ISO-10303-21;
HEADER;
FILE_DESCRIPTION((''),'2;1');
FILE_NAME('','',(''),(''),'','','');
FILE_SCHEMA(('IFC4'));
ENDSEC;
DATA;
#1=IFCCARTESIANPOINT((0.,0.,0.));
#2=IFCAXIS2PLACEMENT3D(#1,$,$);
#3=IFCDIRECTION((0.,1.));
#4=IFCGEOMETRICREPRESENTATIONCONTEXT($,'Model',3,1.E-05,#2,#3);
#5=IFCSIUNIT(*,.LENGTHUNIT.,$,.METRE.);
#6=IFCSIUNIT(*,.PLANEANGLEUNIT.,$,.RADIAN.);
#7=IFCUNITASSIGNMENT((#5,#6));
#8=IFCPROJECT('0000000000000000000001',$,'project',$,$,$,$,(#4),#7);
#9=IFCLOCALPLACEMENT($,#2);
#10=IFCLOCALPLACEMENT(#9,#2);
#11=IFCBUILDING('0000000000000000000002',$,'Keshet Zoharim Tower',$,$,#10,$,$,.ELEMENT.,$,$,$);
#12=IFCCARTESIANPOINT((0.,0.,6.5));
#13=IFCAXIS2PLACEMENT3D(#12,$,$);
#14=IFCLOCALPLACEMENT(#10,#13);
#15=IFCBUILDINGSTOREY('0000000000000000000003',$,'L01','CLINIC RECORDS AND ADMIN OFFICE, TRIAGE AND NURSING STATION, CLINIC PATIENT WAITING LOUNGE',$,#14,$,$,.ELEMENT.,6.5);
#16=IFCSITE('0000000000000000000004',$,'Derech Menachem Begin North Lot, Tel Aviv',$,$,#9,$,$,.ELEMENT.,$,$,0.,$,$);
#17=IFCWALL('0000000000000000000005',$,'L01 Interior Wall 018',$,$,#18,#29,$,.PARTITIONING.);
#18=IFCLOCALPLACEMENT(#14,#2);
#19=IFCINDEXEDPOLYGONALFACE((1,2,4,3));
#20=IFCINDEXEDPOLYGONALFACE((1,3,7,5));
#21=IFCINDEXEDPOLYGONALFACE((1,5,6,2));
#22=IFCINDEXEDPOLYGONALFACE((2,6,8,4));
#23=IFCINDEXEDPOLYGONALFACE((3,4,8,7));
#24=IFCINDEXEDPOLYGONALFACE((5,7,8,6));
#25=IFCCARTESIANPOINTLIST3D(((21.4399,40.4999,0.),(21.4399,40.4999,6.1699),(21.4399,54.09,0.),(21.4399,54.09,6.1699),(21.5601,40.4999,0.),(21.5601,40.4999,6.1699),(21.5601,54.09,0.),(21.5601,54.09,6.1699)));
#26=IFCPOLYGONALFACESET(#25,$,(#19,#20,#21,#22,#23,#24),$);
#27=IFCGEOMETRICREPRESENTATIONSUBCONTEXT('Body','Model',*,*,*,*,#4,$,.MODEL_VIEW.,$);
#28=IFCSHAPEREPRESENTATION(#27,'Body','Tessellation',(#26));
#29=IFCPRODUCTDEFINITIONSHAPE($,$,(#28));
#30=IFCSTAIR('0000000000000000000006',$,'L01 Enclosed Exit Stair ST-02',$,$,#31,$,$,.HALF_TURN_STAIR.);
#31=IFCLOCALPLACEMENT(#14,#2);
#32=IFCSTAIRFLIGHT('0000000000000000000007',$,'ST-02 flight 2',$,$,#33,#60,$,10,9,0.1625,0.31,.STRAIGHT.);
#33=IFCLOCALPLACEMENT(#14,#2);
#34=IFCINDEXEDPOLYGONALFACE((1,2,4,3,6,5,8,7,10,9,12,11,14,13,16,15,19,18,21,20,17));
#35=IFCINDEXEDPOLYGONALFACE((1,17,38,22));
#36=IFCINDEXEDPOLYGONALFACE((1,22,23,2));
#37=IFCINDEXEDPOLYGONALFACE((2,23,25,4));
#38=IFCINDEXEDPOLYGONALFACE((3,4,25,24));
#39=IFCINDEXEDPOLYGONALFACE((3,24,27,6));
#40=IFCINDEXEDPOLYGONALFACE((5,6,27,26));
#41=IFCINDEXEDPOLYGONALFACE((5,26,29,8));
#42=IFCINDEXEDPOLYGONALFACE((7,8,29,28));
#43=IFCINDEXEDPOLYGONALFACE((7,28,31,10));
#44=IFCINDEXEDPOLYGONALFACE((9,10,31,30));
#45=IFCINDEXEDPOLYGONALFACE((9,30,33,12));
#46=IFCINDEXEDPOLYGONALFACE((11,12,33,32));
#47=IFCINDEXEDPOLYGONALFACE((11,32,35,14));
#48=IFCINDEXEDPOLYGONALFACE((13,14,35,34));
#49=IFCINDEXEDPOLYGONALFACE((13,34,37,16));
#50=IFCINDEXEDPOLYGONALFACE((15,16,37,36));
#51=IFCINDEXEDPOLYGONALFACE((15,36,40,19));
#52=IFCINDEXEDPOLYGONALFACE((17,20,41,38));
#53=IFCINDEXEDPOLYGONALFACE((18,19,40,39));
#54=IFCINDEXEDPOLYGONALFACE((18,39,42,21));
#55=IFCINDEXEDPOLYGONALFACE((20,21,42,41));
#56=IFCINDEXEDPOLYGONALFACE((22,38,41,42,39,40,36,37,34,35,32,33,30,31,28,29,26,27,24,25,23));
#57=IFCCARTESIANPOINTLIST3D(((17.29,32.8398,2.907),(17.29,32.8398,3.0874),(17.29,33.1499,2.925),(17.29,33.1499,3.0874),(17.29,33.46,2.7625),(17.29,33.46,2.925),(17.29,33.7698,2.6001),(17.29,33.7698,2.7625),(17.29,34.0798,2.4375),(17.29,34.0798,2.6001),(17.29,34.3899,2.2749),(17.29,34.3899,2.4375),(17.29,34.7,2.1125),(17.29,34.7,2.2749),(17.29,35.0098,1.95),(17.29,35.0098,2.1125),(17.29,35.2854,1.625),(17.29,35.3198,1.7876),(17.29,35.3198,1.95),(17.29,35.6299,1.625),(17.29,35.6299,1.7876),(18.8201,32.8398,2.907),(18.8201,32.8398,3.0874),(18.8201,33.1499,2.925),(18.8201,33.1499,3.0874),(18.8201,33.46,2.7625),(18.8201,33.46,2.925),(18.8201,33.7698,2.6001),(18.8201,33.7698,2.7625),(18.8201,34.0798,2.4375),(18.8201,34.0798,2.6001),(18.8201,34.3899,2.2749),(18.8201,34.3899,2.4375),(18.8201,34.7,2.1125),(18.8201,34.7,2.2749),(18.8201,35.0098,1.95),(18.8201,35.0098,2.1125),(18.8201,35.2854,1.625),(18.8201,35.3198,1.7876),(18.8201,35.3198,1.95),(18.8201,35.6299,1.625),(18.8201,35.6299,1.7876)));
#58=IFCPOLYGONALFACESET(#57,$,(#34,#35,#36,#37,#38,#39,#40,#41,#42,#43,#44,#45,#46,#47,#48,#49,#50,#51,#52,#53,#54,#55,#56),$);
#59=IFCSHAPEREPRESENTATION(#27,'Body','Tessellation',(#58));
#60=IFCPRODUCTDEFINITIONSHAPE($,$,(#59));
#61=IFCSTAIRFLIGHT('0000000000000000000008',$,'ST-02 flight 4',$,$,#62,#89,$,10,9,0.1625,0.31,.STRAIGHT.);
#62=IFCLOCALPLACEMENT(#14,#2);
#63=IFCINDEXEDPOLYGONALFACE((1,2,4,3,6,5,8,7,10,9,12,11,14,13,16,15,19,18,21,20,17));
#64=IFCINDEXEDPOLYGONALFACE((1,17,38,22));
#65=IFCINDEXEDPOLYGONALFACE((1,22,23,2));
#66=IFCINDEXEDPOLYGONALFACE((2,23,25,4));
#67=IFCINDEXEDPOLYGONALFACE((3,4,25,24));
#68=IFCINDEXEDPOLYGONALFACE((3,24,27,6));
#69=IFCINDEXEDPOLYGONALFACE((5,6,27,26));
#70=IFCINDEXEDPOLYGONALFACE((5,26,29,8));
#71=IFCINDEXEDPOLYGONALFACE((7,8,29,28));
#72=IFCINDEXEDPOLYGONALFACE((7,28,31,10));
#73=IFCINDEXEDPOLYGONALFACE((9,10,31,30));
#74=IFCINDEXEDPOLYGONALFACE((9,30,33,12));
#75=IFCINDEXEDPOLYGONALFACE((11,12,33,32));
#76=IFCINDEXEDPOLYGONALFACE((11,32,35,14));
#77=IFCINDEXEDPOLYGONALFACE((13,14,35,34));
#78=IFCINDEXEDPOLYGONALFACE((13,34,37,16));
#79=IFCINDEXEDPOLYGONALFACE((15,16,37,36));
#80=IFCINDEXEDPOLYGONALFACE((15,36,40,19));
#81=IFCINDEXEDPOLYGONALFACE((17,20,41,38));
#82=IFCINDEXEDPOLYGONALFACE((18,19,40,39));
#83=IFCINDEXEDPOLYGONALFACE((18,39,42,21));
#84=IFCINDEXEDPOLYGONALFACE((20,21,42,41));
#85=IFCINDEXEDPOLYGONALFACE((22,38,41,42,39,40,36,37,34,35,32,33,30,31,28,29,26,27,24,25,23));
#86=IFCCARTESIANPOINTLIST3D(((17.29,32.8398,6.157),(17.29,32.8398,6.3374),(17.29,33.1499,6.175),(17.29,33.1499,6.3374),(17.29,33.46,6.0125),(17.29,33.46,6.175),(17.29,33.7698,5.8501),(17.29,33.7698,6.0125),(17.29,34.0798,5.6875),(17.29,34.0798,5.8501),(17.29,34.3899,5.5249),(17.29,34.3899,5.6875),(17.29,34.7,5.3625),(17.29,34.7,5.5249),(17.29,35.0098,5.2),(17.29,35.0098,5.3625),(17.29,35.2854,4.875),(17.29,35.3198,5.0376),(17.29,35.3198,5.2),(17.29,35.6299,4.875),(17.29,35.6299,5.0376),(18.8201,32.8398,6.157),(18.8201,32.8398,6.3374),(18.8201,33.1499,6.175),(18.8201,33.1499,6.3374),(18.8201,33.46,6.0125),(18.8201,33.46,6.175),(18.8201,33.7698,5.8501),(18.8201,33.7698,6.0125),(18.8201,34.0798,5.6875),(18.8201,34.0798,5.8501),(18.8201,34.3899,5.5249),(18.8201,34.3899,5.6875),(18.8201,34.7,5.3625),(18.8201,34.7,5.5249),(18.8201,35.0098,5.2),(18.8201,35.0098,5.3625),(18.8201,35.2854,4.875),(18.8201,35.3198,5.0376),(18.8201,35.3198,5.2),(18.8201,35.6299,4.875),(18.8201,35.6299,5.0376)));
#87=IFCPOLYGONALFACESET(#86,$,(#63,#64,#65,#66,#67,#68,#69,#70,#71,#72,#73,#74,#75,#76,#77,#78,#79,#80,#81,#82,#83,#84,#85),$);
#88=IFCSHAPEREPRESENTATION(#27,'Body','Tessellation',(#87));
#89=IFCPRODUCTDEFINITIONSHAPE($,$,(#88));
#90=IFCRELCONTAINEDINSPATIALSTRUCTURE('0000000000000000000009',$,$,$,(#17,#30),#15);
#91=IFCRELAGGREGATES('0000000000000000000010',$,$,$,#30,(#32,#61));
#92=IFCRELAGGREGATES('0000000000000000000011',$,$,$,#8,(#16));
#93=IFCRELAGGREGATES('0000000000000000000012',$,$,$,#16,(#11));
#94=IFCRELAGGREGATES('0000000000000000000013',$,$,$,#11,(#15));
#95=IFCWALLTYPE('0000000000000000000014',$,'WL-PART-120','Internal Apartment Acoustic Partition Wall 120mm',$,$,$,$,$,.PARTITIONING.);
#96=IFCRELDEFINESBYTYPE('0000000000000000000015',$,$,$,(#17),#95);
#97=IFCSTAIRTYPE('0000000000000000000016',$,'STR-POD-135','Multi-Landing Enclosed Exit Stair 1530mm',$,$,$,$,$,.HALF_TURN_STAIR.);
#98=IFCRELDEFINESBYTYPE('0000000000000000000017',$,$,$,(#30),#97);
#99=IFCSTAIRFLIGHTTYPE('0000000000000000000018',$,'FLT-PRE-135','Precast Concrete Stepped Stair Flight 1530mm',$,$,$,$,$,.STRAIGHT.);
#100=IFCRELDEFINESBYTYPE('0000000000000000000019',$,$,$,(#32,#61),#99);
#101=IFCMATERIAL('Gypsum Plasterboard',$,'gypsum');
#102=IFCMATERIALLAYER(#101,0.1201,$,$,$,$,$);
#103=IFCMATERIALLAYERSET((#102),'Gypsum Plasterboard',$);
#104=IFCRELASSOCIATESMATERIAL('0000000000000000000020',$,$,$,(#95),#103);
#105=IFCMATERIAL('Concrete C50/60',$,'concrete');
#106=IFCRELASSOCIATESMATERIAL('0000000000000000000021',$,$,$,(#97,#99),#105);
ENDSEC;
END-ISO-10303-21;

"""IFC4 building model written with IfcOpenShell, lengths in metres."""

from ifc_helpers import new_model, si_unit, direction, frame, frame_2d, origin, place, context, subcontext, project, spatial, polyline, rectangle, outline, extrude, material, layer, layer_set, type_object, element, aggregate, save


model = new_model("IFC4")

# Units and contexts
model_context = context("Model", 3, precision=1e-05, world=origin(), true_north=direction((0.0, 1.0)))
body_context = subcontext(model_context, "Body", "Model", "MODEL_VIEW")
ifc_project = project(units=[si_unit("LENGTHUNIT", "METRE"), si_unit("PLANEANGLEUNIT", "RADIAN")], contexts=[model_context])

# Site, building, storey
site_placement = place(None, origin())
site = spatial("IfcSite", under=ifc_project, at=site_placement, Name="Derech Menachem Begin North Lot, Tel Aviv", CompositionType="ELEMENT", RefElevation=0.0)
building_placement = place(site_placement, origin())
building = spatial("IfcBuilding", under=site, at=building_placement, Name="Keshet Zoharim Tower", CompositionType="ELEMENT")
storey_placement = place(building_placement, frame((0.0, 0.0, 6.5)))
storey = spatial("IfcBuildingStorey", under=building, at=storey_placement, Name="L01", Description="CLINIC RECORDS AND ADMIN OFFICE, TRIAGE AND NURSING STATION, CLINIC PATIENT WAITING LOUNGE", CompositionType="ELEMENT", Elevation=6.5)

# Shared definitions
ifc_material_1 = material(Name="Concrete C50/60", Category="concrete")

# Wall
ifc_material_2 = material(Name="Gypsum Plasterboard", Category="gypsum")
ifc_layer_1 = layer(ifc_material_2, 0.1201)
ifc_layer_set_1 = layer_set([ifc_layer_1], Name="Gypsum Plasterboard")
wall_type_1 = type_object("IfcWallType", Name="WL-PART-120", Description="Internal Apartment Acoustic Partition Wall 120mm", PredefinedType="PARTITIONING", material=ifc_layer_set_1)
wall_1_placement = place(storey_placement, frame((21.5, 40.5, 0.0), z_axis=(0.0, 0.0, 1.0), x_axis=(0.0, 1.0, 0.0)))
element("IfcWall", 1, at=wall_1_placement, inside=storey, type_object=wall_type_1, Name="L01 Interior Wall 018", PredefinedType="PARTITIONING", context=body_context, shape_type="SweptSolid", body=[
    extrude(rectangle(XDim=13.5901, YDim=0.1201, at=frame_2d((6.7949, 0.0))), origin(), (0.0, 0.0, 1.0), 6.1699),
])

# Stair, stair flights
stair_type = type_object("IfcStairType", Name="STR-POD-135", Description="Multi-Landing Enclosed Exit Stair 1530mm", PredefinedType="HALF_TURN_STAIR", material=ifc_material_1)
stair_placement = place(storey_placement, origin())
stair = element("IfcStair", 2, at=stair_placement, inside=storey, type_object=stair_type, Name="L01 Enclosed Exit Stair ST-02", PredefinedType="HALF_TURN_STAIR")
stair_flight_type = type_object("IfcStairFlightType", Name="FLT-PRE-135", Description="Precast Concrete Stepped Stair Flight 1530mm", PredefinedType="STRAIGHT", material=ifc_material_1)
stair_flight_1_placement = place(storey_placement, frame((18.0549, 35.6299, 1.625), z_axis=(0.0, 0.0, 1.0), x_axis=(0.0, -1.0, 0.0)))
stair_flight_1 = element("IfcStairFlight", 3, at=stair_flight_1_placement, type_object=stair_flight_type, Name="ST-02 flight 2", NumberOfRisers=10, NumberOfTreads=9, PredefinedType="STRAIGHT", RiserHeight=0.1625, TreadLength=0.31, context=body_context, shape_type="SweptSolid", body=[
    extrude(outline(polyline([(0.0, 0.0), (0.0, 0.1626), (0.3101, 0.1626), (0.3101, 0.325), (0.6201, 0.325), (0.6201, 0.4875), (0.9299, 0.4875), (0.9299, 0.6499), (1.24, 0.6499), (1.24, 0.8125), (1.55, 0.8125), (1.55, 0.9751), (1.8601, 0.9751), (1.8601, 1.1375), (2.1699, 1.1375), (2.1699, 1.3), (2.48, 1.3), (2.48, 1.4624), (2.79, 1.4624), (2.79, 1.625), (2.79, 1.282), (0.3445, 0.0), (0.0, 0.0)])), frame((0.0, 0.7651, 0.0), z_axis=(0.0, -1.0, 0.0), x_axis=(1.0, 0.0, 0.0)), (0.0, 0.0, 1.0), 1.53),
])
stair_flight_2_placement = place(storey_placement, frame((18.0549, 35.6299, 4.875), z_axis=(0.0, 0.0, 1.0), x_axis=(0.0, -1.0, 0.0)))
stair_flight_2 = element("IfcStairFlight", 4, at=stair_flight_2_placement, type_object=stair_flight_type, Name="ST-02 flight 4", NumberOfRisers=10, NumberOfTreads=9, PredefinedType="STRAIGHT", RiserHeight=0.1625, TreadLength=0.31, context=body_context, shape_type="SweptSolid", body=[
    extrude(outline(polyline([(0.0, 0.0), (0.0, 0.1626), (0.3101, 0.1626), (0.3101, 0.325), (0.6201, 0.325), (0.6201, 0.4875), (0.9299, 0.4875), (0.9299, 0.6499), (1.24, 0.6499), (1.24, 0.8125), (1.55, 0.8125), (1.55, 0.9751), (1.8601, 0.9751), (1.8601, 1.1375), (2.1699, 1.1375), (2.1699, 1.3), (2.48, 1.3), (2.48, 1.4624), (2.79, 1.4624), (2.79, 1.625), (2.79, 1.282), (0.3445, 0.0), (0.0, 0.0)])), frame((0.0, 0.7651, 0.0), z_axis=(0.0, -1.0, 0.0), x_axis=(1.0, 0.0, 0.0)), (0.0, 0.0, 1.0), 1.53),
])
aggregate(stair, [stair_flight_1, stair_flight_2])

save(model, "model.ifc")
